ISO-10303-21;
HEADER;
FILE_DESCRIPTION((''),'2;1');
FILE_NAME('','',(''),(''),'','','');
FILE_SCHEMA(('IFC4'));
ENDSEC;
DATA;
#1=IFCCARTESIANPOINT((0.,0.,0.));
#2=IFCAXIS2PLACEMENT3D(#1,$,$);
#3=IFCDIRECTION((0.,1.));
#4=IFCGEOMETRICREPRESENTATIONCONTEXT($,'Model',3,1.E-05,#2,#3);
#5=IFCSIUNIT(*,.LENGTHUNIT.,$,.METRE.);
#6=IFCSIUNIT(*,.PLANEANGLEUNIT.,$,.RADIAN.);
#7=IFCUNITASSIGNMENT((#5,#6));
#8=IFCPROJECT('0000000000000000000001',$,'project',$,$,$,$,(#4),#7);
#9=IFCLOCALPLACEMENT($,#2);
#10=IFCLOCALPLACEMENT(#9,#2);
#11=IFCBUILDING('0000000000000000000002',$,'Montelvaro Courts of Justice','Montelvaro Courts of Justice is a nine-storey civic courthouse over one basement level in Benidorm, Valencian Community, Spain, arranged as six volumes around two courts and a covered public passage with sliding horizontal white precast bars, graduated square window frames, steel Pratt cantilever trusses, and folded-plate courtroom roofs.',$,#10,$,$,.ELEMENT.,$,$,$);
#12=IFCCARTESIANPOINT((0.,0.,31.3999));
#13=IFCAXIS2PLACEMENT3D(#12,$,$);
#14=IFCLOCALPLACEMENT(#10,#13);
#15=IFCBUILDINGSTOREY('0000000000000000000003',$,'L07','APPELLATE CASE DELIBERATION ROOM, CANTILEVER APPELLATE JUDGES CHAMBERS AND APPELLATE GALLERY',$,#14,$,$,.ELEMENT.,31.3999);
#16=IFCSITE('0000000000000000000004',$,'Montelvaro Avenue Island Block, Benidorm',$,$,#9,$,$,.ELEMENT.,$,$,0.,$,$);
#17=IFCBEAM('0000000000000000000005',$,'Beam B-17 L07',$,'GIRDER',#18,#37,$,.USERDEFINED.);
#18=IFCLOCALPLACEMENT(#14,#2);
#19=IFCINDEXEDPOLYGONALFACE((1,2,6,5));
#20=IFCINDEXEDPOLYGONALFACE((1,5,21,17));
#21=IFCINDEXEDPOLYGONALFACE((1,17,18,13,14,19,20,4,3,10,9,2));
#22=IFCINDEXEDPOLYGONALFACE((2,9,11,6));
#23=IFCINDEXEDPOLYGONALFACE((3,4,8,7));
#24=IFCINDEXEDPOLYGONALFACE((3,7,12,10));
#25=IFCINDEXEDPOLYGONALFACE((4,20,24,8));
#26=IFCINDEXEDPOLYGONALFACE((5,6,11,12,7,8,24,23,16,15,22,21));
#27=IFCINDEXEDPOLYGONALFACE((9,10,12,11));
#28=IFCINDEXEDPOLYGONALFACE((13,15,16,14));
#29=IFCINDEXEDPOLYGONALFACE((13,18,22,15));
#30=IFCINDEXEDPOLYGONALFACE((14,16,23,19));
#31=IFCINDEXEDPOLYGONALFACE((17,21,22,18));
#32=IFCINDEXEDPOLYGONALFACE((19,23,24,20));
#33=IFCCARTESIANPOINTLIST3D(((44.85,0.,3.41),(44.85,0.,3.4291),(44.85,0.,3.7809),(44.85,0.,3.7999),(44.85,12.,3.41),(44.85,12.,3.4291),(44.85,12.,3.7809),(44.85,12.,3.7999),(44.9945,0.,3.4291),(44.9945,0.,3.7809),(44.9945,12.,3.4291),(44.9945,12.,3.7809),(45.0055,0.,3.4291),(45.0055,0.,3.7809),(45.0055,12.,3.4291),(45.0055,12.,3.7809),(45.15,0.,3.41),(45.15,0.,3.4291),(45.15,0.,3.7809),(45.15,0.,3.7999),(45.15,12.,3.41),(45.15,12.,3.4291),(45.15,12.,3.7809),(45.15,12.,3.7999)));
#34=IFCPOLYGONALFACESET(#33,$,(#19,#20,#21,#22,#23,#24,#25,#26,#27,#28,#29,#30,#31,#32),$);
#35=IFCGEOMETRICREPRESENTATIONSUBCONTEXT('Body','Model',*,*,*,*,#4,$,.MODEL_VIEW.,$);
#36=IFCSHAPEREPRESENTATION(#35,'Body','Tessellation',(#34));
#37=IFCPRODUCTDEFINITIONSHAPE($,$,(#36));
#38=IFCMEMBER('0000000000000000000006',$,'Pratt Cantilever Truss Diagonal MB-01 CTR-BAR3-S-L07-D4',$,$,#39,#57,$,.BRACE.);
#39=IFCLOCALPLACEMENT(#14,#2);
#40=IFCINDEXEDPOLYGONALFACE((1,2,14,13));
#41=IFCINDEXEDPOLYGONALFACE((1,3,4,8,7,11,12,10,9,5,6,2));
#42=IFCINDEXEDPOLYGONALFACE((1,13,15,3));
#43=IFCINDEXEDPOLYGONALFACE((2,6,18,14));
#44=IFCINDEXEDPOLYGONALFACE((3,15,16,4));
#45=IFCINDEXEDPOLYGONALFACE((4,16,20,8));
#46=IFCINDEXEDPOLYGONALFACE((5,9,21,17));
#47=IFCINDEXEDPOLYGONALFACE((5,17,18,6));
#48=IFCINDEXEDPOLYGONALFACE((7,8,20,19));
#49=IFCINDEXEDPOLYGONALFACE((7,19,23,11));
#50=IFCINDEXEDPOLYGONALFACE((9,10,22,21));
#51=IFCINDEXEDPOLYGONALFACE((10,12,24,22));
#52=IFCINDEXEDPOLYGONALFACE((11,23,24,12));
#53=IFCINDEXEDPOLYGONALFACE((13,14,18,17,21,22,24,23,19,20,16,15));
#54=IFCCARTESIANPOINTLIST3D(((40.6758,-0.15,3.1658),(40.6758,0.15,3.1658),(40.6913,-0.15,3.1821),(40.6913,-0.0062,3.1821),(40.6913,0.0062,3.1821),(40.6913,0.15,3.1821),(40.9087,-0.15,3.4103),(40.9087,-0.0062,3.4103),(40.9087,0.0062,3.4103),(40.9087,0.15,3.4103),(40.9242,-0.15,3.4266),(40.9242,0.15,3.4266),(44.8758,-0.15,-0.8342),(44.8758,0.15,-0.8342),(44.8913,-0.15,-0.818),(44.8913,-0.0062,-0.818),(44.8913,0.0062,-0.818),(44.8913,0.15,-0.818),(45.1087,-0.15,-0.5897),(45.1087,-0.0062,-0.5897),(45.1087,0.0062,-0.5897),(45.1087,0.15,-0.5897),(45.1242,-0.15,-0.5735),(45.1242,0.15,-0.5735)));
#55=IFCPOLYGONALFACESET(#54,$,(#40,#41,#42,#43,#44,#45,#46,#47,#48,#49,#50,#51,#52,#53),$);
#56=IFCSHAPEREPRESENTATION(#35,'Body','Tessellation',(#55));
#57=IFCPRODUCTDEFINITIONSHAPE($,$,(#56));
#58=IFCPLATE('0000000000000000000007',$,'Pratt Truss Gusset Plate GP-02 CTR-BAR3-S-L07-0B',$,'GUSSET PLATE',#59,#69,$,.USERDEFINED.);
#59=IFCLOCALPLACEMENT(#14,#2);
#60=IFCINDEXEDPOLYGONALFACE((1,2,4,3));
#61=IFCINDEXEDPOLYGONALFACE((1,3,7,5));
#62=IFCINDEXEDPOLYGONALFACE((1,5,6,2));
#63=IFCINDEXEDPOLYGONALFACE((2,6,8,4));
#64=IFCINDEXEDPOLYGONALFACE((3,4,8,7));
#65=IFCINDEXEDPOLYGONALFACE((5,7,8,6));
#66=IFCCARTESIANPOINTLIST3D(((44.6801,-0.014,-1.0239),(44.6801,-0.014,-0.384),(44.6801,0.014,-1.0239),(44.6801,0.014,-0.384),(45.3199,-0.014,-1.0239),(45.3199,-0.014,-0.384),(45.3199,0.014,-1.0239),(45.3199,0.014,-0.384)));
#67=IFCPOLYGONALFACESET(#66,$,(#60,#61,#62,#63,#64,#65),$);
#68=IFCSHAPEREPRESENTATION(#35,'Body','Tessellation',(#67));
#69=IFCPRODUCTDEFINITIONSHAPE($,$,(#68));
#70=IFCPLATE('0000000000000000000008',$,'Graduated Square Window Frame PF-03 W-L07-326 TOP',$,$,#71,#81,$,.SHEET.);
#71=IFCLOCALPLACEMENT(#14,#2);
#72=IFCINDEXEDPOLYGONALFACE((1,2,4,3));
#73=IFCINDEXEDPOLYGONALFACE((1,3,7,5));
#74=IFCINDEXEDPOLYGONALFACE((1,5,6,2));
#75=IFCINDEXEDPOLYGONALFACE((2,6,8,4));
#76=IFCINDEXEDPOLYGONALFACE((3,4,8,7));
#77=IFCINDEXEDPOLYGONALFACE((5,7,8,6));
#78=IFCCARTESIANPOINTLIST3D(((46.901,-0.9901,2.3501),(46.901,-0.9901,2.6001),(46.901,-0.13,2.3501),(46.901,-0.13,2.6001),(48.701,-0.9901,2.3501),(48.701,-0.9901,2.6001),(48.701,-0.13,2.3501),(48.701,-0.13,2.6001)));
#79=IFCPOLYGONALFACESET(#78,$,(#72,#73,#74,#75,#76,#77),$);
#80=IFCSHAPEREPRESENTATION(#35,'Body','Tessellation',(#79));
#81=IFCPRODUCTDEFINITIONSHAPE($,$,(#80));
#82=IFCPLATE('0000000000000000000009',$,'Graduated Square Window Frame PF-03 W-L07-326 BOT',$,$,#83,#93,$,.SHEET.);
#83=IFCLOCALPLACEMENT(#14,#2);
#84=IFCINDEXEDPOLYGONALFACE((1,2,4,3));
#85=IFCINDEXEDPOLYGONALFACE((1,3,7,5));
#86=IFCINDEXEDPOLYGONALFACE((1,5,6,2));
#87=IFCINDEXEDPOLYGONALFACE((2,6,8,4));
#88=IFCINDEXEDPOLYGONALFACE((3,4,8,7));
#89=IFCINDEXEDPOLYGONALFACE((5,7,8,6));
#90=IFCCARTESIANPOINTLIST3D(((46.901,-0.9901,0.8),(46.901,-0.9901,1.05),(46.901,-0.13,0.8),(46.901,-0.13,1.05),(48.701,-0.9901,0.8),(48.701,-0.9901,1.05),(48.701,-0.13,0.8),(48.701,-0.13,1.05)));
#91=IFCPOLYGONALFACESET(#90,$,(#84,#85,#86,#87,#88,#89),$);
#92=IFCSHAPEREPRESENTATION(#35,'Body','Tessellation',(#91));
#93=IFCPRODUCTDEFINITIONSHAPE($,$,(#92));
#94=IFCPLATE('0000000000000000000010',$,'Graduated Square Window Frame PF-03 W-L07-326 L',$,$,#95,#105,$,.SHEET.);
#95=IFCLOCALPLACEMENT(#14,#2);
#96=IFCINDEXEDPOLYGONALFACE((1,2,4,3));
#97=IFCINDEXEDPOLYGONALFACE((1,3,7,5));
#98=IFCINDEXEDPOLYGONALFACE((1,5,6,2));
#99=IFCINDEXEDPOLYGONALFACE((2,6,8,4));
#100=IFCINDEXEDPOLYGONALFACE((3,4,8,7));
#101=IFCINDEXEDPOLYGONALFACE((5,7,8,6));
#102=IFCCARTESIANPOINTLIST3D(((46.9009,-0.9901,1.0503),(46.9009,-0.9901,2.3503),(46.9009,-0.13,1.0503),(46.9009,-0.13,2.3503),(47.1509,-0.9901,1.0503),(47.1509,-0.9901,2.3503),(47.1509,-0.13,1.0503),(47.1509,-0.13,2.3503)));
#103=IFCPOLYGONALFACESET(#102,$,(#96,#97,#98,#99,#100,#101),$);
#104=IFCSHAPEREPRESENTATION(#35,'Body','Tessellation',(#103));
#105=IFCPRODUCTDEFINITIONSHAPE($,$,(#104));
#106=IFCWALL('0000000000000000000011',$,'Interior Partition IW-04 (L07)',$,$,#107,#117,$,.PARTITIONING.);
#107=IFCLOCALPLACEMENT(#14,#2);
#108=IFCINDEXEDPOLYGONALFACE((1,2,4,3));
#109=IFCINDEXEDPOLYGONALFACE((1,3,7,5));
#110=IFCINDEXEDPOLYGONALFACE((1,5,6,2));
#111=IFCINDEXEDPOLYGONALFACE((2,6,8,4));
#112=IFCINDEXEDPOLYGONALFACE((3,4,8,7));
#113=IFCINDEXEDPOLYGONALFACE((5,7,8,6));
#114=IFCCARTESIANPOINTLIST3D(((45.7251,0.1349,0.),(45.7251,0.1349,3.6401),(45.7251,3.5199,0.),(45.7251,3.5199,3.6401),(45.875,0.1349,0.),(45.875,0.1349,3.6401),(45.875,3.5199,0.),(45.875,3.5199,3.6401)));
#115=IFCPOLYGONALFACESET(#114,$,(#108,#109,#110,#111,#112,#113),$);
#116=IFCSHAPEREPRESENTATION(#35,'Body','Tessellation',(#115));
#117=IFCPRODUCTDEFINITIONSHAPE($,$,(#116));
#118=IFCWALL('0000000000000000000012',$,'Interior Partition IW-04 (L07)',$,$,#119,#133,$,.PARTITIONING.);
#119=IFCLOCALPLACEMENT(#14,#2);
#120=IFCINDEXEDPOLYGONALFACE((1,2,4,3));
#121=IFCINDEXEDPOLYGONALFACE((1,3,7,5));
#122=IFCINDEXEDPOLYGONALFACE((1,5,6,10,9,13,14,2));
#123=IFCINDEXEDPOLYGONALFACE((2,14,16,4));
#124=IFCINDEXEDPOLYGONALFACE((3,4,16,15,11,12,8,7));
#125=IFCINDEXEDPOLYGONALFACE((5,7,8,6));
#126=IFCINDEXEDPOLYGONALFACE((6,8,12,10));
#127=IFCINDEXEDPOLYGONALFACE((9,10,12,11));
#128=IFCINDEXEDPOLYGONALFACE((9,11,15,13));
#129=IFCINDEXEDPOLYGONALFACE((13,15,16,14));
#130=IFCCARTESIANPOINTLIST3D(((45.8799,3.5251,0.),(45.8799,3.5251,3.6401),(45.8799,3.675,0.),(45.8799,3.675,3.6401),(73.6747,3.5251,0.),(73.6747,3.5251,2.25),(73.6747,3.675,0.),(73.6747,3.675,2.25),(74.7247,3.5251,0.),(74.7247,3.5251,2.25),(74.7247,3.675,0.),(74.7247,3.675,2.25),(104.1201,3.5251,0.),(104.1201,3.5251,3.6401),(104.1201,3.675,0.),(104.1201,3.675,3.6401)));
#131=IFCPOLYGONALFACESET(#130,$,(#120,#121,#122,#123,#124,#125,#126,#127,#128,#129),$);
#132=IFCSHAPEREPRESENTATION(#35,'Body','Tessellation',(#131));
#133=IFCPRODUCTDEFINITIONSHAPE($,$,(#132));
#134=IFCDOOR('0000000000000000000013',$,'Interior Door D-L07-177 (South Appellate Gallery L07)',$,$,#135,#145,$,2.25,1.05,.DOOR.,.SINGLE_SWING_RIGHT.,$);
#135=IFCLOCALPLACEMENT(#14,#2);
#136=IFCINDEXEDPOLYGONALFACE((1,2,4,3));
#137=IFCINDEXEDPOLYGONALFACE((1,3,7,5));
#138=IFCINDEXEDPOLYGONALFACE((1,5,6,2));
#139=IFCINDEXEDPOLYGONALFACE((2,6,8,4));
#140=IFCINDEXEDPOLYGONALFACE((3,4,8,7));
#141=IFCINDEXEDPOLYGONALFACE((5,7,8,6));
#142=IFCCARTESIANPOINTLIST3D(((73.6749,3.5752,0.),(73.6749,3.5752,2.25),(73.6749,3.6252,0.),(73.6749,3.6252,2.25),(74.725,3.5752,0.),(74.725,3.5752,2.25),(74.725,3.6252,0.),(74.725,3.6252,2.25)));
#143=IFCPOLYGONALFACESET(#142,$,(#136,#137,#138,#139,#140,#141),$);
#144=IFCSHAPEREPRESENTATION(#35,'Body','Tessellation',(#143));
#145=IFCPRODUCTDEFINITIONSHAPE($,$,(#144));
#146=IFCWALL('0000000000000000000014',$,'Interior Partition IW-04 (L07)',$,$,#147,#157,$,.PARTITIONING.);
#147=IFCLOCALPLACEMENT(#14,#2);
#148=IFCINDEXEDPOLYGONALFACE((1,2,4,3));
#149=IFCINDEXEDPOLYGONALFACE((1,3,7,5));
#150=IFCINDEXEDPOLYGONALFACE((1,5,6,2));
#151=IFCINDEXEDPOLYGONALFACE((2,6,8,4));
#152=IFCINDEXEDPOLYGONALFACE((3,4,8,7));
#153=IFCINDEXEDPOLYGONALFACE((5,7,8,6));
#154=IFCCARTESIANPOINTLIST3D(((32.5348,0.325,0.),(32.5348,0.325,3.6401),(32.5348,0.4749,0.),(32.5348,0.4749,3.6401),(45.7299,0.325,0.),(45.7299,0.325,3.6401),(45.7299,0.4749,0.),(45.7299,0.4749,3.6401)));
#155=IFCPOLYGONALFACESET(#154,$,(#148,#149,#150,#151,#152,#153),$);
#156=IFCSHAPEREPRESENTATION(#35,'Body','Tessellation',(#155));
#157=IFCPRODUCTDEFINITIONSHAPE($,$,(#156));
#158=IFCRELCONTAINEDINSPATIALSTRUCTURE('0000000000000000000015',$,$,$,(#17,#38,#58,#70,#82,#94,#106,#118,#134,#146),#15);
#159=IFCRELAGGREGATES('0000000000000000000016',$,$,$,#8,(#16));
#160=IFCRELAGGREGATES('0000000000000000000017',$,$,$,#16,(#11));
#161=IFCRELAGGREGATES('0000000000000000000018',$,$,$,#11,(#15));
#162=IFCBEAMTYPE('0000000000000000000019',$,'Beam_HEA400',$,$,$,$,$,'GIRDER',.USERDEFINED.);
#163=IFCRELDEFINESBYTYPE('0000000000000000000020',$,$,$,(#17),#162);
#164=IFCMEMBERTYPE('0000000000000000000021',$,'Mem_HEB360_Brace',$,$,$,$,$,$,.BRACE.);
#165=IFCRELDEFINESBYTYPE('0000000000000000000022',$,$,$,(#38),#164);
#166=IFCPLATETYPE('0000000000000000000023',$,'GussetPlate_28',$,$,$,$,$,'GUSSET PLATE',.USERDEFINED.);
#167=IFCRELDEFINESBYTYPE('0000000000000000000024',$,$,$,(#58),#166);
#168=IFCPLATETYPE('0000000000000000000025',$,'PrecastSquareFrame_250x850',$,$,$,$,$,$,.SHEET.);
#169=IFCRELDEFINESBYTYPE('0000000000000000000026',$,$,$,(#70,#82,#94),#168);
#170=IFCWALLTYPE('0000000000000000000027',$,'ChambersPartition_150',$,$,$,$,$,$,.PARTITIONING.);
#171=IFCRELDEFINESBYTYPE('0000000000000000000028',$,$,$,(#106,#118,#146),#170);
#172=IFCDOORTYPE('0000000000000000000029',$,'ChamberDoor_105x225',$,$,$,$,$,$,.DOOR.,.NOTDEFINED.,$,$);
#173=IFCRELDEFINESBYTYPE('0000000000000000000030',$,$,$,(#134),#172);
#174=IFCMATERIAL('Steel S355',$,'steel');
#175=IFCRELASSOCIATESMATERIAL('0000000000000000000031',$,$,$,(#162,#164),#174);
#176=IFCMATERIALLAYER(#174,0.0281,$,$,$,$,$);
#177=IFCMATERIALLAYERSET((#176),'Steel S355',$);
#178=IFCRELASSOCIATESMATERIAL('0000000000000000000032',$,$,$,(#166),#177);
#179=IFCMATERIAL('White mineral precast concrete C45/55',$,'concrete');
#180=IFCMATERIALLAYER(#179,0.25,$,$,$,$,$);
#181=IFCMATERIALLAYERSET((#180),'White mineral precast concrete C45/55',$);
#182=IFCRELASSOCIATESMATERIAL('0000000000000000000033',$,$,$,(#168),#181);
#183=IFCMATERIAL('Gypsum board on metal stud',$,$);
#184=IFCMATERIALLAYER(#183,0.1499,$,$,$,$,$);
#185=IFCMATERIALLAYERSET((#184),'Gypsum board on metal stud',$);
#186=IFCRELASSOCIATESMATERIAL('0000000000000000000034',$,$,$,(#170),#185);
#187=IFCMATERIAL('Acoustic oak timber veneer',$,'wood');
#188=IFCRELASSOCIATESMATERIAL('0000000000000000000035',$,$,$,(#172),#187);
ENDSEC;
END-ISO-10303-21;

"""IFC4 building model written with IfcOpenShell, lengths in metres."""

from ifc_helpers import new_model, si_unit, direction, frame, frame_2d, origin, origin_2d, place, context, subcontext, project, spatial, rectangle, i_section, extrude, material, layer, layer_set, material_profile, profile_set, type_object, element, fill, save


model = new_model("IFC4")

# Units and contexts
model_context = context("Model", 3, precision=1e-05, world=origin(), true_north=direction((0.0, 1.0)))
body_context = subcontext(model_context, "Body", "Model", "MODEL_VIEW")
ifc_project = project(units=[si_unit("LENGTHUNIT", "METRE"), si_unit("PLANEANGLEUNIT", "RADIAN")], contexts=[model_context])

# Site, building, storey
site_placement = place(None, origin())
site = spatial("IfcSite", under=ifc_project, at=site_placement, Name="Montelvaro Avenue Island Block, Benidorm", CompositionType="ELEMENT", RefElevation=0.0)
building_placement = place(site_placement, origin())
building = spatial("IfcBuilding", under=site, at=building_placement, Name="Montelvaro Courts of Justice", Description="Montelvaro Courts of Justice is a nine-storey civic courthouse over one basement level in Benidorm, Valencian Community, Spain, arranged as six volumes around two courts and a covered public passage with sliding horizontal white precast bars, graduated square window frames, steel Pratt cantilever trusses, and folded-plate courtroom roofs.", CompositionType="ELEMENT")
storey_placement = place(building_placement, frame((0.0, 0.0, 31.3999)))
storey = spatial("IfcBuildingStorey", under=building, at=storey_placement, Name="L07", Description="APPELLATE CASE DELIBERATION ROOM, CANTILEVER APPELLATE JUDGES CHAMBERS AND APPELLATE GALLERY", CompositionType="ELEMENT", Elevation=31.3999)

# Beam
ifc_material_1 = material(Name="Steel S355", Category="steel")
ifc_material_profile_1 = material_profile(ifc_material_1, i_section(OverallWidth=0.3, OverallDepth=0.3899, WebThickness=0.011, FlangeThickness=0.019, at=origin_2d()), Name="HEA 400")
ifc_profile_set_1 = profile_set([ifc_material_profile_1], Name="Steel S355")
beam_type = type_object("IfcBeamType", Name="Beam_HEA400", ElementType="GIRDER", PredefinedType="USERDEFINED", material=ifc_profile_set_1)
beam_placement = place(storey_placement, frame((45.0, 0.0, 3.605), z_axis=(0.0, 1.0, 0.0), x_axis=(-1.0, 0.0, 0.0)))
element("IfcBeam", 1, at=beam_placement, inside=storey, type_object=beam_type, Name="Beam B-17 L07", ObjectType="GIRDER", PredefinedType="USERDEFINED", context=body_context, shape_type="SweptSolid", body=[
    extrude(i_section(OverallWidth=0.3, OverallDepth=0.3899, WebThickness=0.011, FlangeThickness=0.019, at=origin_2d()), origin(), (0.0, 0.0, 1.0), 12.0),
])

# Member
ifc_material_profile_2 = material_profile(ifc_material_1, i_section(OverallWidth=0.3, OverallDepth=0.3601, WebThickness=0.0125, FlangeThickness=0.0225, at=origin_2d()), Name="HEB 360")
ifc_profile_set_2 = profile_set([ifc_material_profile_2], Name="Steel S355")
member_type = type_object("IfcMemberType", Name="Mem_HEB360_Brace", PredefinedType="BRACE", material=ifc_profile_set_2)
member_placement = place(storey_placement, frame((45.0, 0.0, -0.7039), z_axis=(-0.724134, 0.0, 0.689659), x_axis=(0.0, -1.0, 0.0)))
element("IfcMember", 2, at=member_placement, inside=storey, type_object=member_type, Name="Pratt Cantilever Truss Diagonal MB-01 CTR-BAR3-S-L07-D4", PredefinedType="BRACE", context=body_context, shape_type="SweptSolid", body=[
    extrude(i_section(OverallWidth=0.3, OverallDepth=0.3601, WebThickness=0.0125, FlangeThickness=0.0225, at=origin_2d()), origin(), (0.0, 0.0, 1.0), 5.8),
])

# Plates
ifc_layer_1 = layer(ifc_material_1, 0.0281)
ifc_layer_set_1 = layer_set([ifc_layer_1], Name="Steel S355")
plate_type_1 = type_object("IfcPlateType", Name="GussetPlate_28", ElementType="GUSSET PLATE", PredefinedType="USERDEFINED", material=ifc_layer_set_1)
plate_1_placement = place(storey_placement, frame((45.0, 0.0, -1.0239), z_axis=(0.0, 0.0, 1.0), x_axis=(1.0, 0.0, 0.0)))
element("IfcPlate", 3, at=plate_1_placement, inside=storey, type_object=plate_type_1, Name="Pratt Truss Gusset Plate GP-02 CTR-BAR3-S-L07-0B", ObjectType="GUSSET PLATE", PredefinedType="USERDEFINED", context=body_context, shape_type="SweptSolid", body=[
    extrude(rectangle(XDim=0.6399, YDim=0.0281, at=origin_2d()), origin(), (0.0, 0.0, 1.0), 0.6399),
])
ifc_material_2 = material(Name="White mineral precast concrete C45/55", Category="concrete")
ifc_layer_2 = layer(ifc_material_2, 0.25)
ifc_layer_set_2 = layer_set([ifc_layer_2], Name="White mineral precast concrete C45/55")
plate_type_2 = type_object("IfcPlateType", Name="PrecastSquareFrame_250x850", PredefinedType="SHEET", material=ifc_layer_set_2)
for number, where, z_axis, x_axis, name in (
    (4, (47.801, -0.5601, 2.3501), (0.0, 0.0, 1.0), (1.0, 0.0, 0.0), "Graduated Square Window Frame PF-03 W-L07-326 TOP"),
    (5, (47.801, -0.5601, 0.8), (0.0, 0.0, 1.0), (1.0, 0.0, 0.0), "Graduated Square Window Frame PF-03 W-L07-326 BOT"),
):
    element("IfcPlate", number, at=place(storey_placement, frame(where, z_axis=z_axis, x_axis=x_axis)), inside=storey, type_object=plate_type_2, Name=name, PredefinedType="SHEET", context=body_context, shape_type="SweptSolid", body=[
        extrude(rectangle(XDim=1.8, YDim=0.8601, at=origin_2d()), origin(), (0.0, 0.0, 1.0), 0.25),
    ])
plate_2_placement = place(storey_placement, frame((47.0259, -0.5601, 1.0503), z_axis=(0.0, 0.0, 1.0), x_axis=(1.0, 0.0, 0.0)))
element("IfcPlate", 6, at=plate_2_placement, inside=storey, type_object=plate_type_2, Name="Graduated Square Window Frame PF-03 W-L07-326 L", PredefinedType="SHEET", context=body_context, shape_type="SweptSolid", body=[
    extrude(rectangle(XDim=0.25, YDim=0.8601, at=origin_2d()), origin(), (0.0, 0.0, 1.0), 1.3),
])

# Wall
ifc_material_3 = material(Name="Gypsum board on metal stud")
ifc_layer_3 = layer(ifc_material_3, 0.1499)
ifc_layer_set_3 = layer_set([ifc_layer_3], Name="Gypsum board on metal stud")
wall_type_1 = type_object("IfcWallType", Name="ChambersPartition_150", PredefinedType="PARTITIONING", material=ifc_layer_set_3)
wall_1_placement = place(storey_placement, frame((45.8, 0.135, 0.0), z_axis=(0.0, 0.0, 1.0), x_axis=(0.0, 1.0, 0.0)))
element("IfcWall", 7, at=wall_1_placement, inside=storey, type_object=wall_type_1, Name="Interior Partition IW-04 (L07)", PredefinedType="PARTITIONING", context=body_context, shape_type="SweptSolid", body=[
    extrude(rectangle(XDim=3.385, YDim=0.1499, at=frame_2d((1.6924, 0.0))), origin(), (0.0, 0.0, 1.0), 3.6401),
])

# Wall, opening, door
wall_2_placement = place(storey_placement, frame((45.8799, 3.6001, 0.0), z_axis=(0.0, 0.0, 1.0), x_axis=(1.0, 0.0, 0.0)))
wall_2 = element("IfcWall", 8, at=wall_2_placement, inside=storey, type_object=wall_type_1, Name="Interior Partition IW-04 (L07)", PredefinedType="PARTITIONING", context=body_context, shape_type="SweptSolid", body=[
    extrude(rectangle(XDim=58.2402, YDim=0.1499, at=frame_2d((29.1201, 0.0))), origin(), (0.0, 0.0, 1.0), 3.6401),
])
opening_1_placement = place(wall_2_placement, frame((27.7949, 0.0, 0.0)))
opening_1 = element("IfcOpeningElement", 9, at=opening_1_placement, cuts=wall_2, PredefinedType="OPENING", context=body_context, shape_type="SweptSolid", body=[
    extrude(rectangle(XDim=1.05, YDim=2.25, at=frame_2d((0.5249, 1.125))), frame((0.0, 0.0898, 0.0), z_axis=(0.0, -1.0, 0.0), x_axis=(1.0, 0.0, 0.0)), (0.0, 0.0, 1.0), 0.1797),
])
ifc_material_4 = material(Name="Acoustic oak timber veneer", Category="wood")
door_type = type_object("IfcDoorType", Name="ChamberDoor_105x225", OperationType="NOTDEFINED", PredefinedType="DOOR", material=ifc_material_4)
door_placement = place(opening_1_placement, frame((1.05, 0.0, 0.0), z_axis=(0.0, 0.0, 1.0), x_axis=(-1.0, 0.0, 0.0)))
door = element("IfcDoor", 10, at=door_placement, inside=storey, type_object=door_type, Name="Interior Door D-L07-177 (South Appellate Gallery L07)", OperationType="SINGLE_SWING_RIGHT", OverallHeight=2.25, OverallWidth=1.05, PredefinedType="DOOR", context=body_context, shape_type="SweptSolid", body=[
    extrude(rectangle(XDim=1.05, YDim=2.25, at=frame_2d((0.5249, 1.125))), frame((0.0, 0.0249, 0.0), z_axis=(0.0, -1.0, 0.0), x_axis=(1.0, 0.0, 0.0)), (0.0, 0.0, 1.0), 0.05),
])
fill(opening_1, door)

# Wall
wall_3_placement = place(storey_placement, frame((45.73, 0.3999, 0.0), z_axis=(0.0, 0.0, 1.0), x_axis=(-1.0, 0.0, 0.0)))
element("IfcWall", 11, at=wall_3_placement, inside=storey, type_object=wall_type_1, Name="Interior Partition IW-04 (L07)", PredefinedType="PARTITIONING", context=body_context, shape_type="SweptSolid", body=[
    extrude(rectangle(XDim=13.1951, YDim=0.1499, at=frame_2d((6.5977, 0.0))), origin(), (0.0, 0.0, 1.0), 3.6401),
])

save(model, "model.ifc")
